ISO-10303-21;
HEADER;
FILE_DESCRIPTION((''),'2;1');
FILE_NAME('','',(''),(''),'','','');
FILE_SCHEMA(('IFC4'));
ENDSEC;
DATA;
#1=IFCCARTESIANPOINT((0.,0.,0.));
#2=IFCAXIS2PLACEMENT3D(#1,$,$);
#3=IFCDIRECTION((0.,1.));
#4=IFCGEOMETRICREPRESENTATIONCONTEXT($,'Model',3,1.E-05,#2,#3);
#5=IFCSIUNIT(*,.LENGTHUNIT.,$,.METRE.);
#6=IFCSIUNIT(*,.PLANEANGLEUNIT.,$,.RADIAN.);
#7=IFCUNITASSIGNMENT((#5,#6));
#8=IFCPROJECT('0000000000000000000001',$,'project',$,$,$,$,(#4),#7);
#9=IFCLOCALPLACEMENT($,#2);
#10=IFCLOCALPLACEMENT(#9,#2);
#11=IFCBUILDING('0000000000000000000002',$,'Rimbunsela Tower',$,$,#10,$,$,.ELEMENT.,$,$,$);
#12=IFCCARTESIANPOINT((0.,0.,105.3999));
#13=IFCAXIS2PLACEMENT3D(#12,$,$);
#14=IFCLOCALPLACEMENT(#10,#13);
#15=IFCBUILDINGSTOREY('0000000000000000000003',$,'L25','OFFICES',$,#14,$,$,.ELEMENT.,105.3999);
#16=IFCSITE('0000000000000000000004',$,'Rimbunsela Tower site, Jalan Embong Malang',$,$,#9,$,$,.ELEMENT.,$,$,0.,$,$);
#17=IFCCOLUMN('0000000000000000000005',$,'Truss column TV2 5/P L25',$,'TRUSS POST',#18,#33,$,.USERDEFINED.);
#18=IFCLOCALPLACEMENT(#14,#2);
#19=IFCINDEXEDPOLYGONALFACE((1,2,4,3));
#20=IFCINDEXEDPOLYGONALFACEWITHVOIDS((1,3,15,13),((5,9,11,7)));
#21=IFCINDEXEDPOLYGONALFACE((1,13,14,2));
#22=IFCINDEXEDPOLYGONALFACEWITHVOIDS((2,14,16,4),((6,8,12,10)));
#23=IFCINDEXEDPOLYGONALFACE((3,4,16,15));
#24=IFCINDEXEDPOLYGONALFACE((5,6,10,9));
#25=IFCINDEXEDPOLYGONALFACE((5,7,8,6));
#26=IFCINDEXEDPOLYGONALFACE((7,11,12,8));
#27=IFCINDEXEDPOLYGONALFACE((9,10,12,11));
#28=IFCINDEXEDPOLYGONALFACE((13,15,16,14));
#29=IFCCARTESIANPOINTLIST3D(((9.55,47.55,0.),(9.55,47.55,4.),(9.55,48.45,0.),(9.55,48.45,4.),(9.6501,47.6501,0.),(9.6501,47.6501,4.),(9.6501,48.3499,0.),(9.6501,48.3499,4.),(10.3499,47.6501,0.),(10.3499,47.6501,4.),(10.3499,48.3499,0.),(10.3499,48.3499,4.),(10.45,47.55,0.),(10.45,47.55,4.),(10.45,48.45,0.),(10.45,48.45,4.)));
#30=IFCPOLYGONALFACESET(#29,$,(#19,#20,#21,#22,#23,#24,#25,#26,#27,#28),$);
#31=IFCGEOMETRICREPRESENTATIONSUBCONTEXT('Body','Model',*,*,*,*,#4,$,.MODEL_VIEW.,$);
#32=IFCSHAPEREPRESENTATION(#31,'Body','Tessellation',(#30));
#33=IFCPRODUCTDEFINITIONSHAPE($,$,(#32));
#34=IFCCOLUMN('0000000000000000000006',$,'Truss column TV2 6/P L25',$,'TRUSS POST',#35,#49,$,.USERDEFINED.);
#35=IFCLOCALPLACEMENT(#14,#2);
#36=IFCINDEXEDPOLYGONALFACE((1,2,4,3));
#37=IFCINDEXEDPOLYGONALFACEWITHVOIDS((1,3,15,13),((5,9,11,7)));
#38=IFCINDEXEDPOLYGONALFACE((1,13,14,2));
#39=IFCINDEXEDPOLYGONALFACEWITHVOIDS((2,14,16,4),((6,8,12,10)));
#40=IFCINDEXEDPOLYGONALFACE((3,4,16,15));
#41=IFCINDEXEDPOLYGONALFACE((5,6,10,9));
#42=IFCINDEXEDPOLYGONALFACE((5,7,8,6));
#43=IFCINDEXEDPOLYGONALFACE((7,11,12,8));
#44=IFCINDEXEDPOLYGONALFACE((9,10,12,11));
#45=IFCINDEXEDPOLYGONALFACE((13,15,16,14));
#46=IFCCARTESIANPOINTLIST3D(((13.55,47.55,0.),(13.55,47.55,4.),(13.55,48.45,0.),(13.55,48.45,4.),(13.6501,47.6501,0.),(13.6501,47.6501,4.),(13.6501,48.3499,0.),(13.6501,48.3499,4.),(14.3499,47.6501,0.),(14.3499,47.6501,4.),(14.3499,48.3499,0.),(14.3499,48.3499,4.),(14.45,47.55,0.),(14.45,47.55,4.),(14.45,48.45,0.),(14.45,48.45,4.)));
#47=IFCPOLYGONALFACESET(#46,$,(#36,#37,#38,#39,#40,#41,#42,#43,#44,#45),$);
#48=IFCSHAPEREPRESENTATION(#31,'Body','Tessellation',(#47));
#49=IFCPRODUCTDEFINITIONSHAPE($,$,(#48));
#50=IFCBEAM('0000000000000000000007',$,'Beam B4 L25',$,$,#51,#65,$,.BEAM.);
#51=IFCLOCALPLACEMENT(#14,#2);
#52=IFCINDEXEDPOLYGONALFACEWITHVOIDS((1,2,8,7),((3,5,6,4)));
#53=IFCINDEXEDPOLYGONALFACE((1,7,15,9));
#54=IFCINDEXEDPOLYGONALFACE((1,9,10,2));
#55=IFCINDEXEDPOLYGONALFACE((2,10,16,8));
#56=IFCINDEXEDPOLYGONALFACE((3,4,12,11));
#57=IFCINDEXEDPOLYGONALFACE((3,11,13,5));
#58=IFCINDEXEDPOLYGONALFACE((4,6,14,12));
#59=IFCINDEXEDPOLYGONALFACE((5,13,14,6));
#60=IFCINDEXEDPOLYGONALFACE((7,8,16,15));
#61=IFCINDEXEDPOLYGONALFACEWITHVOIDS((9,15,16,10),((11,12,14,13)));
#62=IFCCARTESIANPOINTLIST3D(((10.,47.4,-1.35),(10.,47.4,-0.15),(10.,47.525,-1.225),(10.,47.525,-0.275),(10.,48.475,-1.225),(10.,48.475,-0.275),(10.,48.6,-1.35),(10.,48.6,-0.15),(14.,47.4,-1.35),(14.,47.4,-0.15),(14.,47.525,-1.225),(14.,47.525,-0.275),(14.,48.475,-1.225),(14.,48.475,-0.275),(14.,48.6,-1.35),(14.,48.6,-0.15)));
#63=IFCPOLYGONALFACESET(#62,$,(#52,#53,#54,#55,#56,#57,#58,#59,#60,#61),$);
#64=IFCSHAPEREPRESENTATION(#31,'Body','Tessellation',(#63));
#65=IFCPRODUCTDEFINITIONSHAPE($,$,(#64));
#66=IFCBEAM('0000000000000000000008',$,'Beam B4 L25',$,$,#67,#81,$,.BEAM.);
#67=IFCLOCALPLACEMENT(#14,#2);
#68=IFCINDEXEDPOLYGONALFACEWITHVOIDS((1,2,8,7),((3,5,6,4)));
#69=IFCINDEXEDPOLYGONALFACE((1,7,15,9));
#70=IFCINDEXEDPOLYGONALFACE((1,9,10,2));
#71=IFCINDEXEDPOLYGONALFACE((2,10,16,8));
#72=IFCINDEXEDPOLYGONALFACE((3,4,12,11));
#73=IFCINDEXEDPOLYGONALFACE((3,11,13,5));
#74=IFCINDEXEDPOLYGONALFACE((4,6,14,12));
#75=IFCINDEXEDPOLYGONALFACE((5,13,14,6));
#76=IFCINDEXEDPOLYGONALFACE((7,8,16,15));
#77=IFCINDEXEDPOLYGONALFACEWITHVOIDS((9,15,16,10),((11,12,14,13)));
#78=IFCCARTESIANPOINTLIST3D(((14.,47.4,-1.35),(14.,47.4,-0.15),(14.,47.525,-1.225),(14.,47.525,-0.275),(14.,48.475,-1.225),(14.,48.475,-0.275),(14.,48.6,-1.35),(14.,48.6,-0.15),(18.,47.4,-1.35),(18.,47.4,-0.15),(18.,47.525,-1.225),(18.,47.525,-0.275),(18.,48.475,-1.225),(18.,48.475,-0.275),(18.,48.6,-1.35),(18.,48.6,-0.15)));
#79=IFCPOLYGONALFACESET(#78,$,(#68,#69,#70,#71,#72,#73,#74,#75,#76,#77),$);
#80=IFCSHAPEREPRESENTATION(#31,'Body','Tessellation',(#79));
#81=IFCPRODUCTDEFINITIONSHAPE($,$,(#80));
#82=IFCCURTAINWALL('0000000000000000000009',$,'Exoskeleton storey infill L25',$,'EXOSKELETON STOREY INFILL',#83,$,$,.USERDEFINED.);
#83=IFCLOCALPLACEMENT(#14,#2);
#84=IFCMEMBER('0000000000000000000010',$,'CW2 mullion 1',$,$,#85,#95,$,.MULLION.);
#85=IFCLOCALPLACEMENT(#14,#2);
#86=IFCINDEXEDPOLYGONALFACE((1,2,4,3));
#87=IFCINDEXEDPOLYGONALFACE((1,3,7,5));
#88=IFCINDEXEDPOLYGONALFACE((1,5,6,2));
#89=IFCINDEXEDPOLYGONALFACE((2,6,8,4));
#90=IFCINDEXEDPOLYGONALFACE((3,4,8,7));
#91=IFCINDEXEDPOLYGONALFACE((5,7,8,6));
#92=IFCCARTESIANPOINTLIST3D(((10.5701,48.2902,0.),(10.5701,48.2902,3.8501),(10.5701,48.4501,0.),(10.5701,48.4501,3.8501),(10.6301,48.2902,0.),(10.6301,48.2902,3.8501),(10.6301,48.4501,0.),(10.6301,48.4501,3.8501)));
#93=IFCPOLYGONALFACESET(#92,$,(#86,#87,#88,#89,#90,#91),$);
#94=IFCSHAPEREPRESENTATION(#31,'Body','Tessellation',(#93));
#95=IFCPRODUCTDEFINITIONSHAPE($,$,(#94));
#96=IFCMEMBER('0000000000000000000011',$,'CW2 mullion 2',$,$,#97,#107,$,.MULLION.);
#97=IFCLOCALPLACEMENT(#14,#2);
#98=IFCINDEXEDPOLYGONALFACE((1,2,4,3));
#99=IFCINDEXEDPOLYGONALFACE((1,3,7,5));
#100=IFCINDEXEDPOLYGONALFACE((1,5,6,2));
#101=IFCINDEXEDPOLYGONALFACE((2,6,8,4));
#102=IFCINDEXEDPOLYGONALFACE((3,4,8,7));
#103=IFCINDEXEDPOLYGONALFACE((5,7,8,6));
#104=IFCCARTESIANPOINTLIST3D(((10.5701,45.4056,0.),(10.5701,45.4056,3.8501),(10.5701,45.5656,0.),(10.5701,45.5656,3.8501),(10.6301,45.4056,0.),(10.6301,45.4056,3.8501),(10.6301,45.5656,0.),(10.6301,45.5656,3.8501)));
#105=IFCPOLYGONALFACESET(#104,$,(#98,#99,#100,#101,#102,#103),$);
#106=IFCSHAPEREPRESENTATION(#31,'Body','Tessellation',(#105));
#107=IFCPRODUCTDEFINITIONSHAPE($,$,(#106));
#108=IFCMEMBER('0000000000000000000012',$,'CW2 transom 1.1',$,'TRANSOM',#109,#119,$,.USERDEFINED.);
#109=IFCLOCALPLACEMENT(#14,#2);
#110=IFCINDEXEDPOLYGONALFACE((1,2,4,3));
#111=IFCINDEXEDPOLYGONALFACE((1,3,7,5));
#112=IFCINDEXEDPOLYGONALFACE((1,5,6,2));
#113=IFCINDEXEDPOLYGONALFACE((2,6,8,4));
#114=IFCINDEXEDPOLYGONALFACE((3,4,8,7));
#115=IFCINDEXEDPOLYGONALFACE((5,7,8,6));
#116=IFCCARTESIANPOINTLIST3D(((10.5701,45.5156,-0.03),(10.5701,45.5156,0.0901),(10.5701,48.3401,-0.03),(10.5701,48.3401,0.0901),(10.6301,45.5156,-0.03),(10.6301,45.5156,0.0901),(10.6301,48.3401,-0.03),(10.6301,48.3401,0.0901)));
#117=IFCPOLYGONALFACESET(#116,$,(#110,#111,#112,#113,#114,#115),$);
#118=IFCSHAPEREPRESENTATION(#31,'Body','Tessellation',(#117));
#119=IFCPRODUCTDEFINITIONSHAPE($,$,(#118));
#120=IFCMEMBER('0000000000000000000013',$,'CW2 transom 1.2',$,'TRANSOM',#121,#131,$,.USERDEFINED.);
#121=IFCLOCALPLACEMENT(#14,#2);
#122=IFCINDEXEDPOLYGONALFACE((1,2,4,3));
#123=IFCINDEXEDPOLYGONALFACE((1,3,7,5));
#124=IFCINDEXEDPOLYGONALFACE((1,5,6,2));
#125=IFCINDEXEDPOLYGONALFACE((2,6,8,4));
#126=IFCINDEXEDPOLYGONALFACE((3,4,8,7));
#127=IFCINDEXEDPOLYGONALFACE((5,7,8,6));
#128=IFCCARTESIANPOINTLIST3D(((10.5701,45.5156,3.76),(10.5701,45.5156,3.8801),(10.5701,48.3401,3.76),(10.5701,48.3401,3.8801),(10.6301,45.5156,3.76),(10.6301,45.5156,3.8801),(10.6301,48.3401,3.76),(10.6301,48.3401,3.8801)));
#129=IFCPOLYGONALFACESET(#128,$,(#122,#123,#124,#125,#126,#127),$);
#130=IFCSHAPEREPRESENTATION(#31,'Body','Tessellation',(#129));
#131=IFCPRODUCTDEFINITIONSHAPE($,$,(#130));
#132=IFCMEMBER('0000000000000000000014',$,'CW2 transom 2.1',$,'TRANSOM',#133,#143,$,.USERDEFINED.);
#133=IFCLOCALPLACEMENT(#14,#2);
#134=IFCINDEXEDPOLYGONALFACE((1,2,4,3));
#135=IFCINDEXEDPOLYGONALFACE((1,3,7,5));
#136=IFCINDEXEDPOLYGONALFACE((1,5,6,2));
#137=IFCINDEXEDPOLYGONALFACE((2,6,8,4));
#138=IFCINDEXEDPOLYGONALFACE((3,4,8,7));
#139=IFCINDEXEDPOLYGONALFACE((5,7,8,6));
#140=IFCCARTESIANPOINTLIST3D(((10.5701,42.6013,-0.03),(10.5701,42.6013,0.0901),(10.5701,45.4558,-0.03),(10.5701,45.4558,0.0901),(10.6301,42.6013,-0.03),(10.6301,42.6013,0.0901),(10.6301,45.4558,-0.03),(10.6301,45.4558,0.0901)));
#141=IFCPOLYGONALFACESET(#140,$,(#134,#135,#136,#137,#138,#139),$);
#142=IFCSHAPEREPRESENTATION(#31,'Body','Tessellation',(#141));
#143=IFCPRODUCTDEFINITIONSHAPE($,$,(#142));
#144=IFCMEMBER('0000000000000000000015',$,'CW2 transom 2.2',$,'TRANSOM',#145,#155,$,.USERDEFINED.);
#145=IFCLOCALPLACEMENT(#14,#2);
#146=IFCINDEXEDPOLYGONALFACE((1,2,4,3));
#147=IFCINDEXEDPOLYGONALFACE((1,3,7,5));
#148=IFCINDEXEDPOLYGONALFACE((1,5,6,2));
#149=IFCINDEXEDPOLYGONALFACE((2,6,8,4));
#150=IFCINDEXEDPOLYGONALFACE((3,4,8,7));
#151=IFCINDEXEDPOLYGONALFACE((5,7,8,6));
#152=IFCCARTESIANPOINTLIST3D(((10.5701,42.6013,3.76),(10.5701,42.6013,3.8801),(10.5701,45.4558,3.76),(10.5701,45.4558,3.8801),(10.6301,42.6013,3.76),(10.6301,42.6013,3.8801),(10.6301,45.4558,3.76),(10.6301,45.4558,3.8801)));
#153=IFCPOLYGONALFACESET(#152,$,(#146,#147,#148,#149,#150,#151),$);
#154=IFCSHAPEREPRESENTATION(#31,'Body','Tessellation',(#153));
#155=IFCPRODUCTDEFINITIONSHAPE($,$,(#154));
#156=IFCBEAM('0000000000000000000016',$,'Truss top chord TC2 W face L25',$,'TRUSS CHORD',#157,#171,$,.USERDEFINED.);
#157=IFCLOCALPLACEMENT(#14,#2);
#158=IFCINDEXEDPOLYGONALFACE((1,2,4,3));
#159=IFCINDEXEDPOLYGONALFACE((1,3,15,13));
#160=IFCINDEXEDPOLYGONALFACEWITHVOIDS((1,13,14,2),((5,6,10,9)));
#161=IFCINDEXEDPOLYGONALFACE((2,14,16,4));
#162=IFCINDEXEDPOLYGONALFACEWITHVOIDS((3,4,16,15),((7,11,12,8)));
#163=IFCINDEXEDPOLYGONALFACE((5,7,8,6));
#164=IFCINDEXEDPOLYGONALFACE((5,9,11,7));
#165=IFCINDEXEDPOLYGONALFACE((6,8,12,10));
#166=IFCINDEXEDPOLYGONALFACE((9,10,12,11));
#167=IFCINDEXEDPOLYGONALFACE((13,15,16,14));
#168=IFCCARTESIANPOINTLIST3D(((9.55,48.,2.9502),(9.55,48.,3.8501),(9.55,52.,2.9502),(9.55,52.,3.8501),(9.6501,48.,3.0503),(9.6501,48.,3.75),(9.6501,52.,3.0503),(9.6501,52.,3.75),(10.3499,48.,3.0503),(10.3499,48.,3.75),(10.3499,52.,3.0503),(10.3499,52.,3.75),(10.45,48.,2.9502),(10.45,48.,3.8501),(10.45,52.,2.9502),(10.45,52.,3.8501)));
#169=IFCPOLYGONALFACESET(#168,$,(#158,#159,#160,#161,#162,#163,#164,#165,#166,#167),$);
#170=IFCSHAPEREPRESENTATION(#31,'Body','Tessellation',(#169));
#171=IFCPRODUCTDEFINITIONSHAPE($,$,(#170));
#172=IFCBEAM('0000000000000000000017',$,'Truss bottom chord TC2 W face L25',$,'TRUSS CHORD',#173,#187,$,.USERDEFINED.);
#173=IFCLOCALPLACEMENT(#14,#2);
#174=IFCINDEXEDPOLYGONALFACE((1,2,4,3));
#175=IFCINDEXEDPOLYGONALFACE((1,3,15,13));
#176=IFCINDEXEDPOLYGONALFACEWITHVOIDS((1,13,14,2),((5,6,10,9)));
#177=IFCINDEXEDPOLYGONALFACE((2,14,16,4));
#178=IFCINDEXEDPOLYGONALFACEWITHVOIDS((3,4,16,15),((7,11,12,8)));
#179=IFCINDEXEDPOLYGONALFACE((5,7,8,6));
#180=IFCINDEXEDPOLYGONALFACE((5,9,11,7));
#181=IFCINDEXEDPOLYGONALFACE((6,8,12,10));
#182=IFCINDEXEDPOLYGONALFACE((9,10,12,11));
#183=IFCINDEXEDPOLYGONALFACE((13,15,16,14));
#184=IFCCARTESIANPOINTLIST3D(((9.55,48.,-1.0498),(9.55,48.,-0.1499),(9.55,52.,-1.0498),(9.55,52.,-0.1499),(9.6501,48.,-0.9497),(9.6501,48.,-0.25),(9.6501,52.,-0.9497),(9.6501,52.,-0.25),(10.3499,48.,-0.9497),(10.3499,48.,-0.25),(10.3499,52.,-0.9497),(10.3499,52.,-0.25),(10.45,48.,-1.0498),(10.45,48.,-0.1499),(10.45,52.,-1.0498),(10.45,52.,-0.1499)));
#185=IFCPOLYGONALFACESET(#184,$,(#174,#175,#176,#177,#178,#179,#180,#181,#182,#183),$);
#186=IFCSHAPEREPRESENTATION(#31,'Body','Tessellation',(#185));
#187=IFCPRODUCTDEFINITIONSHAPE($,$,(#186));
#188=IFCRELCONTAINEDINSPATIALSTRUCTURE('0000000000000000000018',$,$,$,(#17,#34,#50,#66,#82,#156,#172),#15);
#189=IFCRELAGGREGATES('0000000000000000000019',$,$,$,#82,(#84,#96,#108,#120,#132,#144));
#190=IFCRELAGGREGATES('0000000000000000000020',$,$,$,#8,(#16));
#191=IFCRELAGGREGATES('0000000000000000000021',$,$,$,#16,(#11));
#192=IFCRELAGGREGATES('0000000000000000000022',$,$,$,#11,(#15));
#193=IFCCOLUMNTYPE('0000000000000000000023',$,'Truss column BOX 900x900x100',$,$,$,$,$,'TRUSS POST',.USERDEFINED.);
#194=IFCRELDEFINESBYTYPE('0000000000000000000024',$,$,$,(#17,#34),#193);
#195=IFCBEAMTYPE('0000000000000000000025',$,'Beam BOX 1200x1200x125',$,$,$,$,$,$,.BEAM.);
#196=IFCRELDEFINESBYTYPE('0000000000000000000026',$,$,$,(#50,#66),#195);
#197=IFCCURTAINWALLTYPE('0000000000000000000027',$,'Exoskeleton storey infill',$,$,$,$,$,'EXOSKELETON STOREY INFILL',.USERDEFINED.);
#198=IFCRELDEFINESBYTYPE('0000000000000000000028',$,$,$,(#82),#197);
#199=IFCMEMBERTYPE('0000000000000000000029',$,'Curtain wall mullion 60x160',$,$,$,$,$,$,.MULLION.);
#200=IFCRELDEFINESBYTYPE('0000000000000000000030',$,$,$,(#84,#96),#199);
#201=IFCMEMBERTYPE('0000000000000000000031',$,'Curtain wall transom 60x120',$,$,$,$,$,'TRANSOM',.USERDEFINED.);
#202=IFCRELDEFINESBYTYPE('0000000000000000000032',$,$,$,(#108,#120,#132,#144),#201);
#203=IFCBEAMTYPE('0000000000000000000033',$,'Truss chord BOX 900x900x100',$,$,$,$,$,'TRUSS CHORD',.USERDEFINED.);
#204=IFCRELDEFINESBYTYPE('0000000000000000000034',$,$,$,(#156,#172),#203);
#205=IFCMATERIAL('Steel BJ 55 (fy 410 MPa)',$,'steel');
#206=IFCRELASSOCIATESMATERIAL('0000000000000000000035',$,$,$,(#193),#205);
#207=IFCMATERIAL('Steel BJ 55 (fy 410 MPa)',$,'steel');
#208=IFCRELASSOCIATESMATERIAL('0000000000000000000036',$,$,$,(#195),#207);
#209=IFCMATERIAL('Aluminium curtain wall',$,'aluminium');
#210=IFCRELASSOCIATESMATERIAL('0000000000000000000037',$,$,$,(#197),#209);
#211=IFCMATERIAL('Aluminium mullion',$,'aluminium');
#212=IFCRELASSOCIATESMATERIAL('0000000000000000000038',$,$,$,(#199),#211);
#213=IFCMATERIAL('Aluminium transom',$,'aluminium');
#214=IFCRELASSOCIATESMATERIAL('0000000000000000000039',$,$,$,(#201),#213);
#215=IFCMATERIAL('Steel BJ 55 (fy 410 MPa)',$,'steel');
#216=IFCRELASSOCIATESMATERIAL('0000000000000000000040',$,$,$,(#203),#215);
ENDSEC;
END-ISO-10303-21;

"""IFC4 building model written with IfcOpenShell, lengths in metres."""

from ifc_helpers import new_model, si_unit, direction, frame, origin, origin_2d, place, context, subcontext, project, spatial, rectangle, hollow_rectangle, extrude, material, material_profile, profile_set, type_object, element, aggregate, save


model = new_model("IFC4")

# Units and contexts
model_context = context("Model", 3, precision=1e-05, world=origin(), true_north=direction((0.0, 1.0)))
body_context = subcontext(model_context, "Body", "Model", "MODEL_VIEW")
ifc_project = project(units=[si_unit("LENGTHUNIT", "METRE"), si_unit("PLANEANGLEUNIT", "RADIAN")], contexts=[model_context])

# Site, building, storey
site_placement = place(None, origin())
site = spatial("IfcSite", under=ifc_project, at=site_placement, Name="Rimbunsela Tower site, Jalan Embong Malang", CompositionType="ELEMENT", RefElevation=0.0)
building_placement = place(site_placement, origin())
building = spatial("IfcBuilding", under=site, at=building_placement, Name="Rimbunsela Tower", CompositionType="ELEMENT")
storey_placement = place(building_placement, frame((0.0, 0.0, 105.3999)))
storey = spatial("IfcBuildingStorey", under=building, at=storey_placement, Name="L25", Description="OFFICES", CompositionType="ELEMENT", Elevation=105.3999)

# Columns
ifc_material_1 = material(Name="Steel BJ 55 (fy 410 MPa)", Category="steel")
ifc_material_profile_1 = material_profile(ifc_material_1, hollow_rectangle(XDim=0.8999, YDim=0.8999, WallThickness=0.1001, at=origin_2d()), Name="BOX 900x900x100")
ifc_profile_set_1 = profile_set([ifc_material_profile_1], Name="Steel BJ 55 (fy 410 MPa)")
column_type = type_object("IfcColumnType", Name="Truss column BOX 900x900x100", ElementType="TRUSS POST", PredefinedType="USERDEFINED", material=ifc_profile_set_1)
for number, where, z_axis, x_axis, name in (
    (1, (10.0, 48.0, 0.0), (0.0, 0.0, 1.0), (1.0, 0.0, 0.0), "Truss column TV2 5/P L25"),
    (2, (14.0, 48.0, 0.0), (0.0, 0.0, 1.0), (1.0, 0.0, 0.0), "Truss column TV2 6/P L25"),
):
    element("IfcColumn", number, at=place(storey_placement, frame(where, z_axis=z_axis, x_axis=x_axis)), inside=storey, type_object=column_type, Name=name, ObjectType="TRUSS POST", PredefinedType="USERDEFINED", context=body_context, shape_type="SweptSolid", body=[
        extrude(hollow_rectangle(XDim=0.8999, YDim=0.8999, WallThickness=0.1001, at=origin_2d()), origin(), (0.0, 0.0, 1.0), 4.0),
    ])

# Beams
ifc_material_2 = material(Name="Steel BJ 55 (fy 410 MPa)", Category="steel")
ifc_material_profile_2 = material_profile(ifc_material_2, hollow_rectangle(XDim=1.2, YDim=1.2, WallThickness=0.125, at=origin_2d()), Name="BOX 1200x1200x125")
ifc_profile_set_2 = profile_set([ifc_material_profile_2], Name="Steel BJ 55 (fy 410 MPa)")
beam_type_1 = type_object("IfcBeamType", Name="Beam BOX 1200x1200x125", PredefinedType="BEAM", material=ifc_profile_set_2)
for number, where, z_axis, x_axis, name in (
    (3, (10.0, 48.0, -0.75), (1.0, 0.0, 0.0), (0.0, 1.0, 0.0), "Beam B4 L25"),
    (4, (14.0, 48.0, -0.75), (1.0, 0.0, 0.0), (0.0, 1.0, 0.0), "Beam B4 L25"),
):
    element("IfcBeam", number, at=place(storey_placement, frame(where, z_axis=z_axis, x_axis=x_axis)), inside=storey, type_object=beam_type_1, Name=name, PredefinedType="BEAM", context=body_context, shape_type="SweptSolid", body=[
        extrude(hollow_rectangle(XDim=1.2, YDim=1.2, WallThickness=0.125, at=origin_2d()), origin(), (0.0, 0.0, 1.0), 4.0),
    ])

# Curtain wall, members
ifc_material_3 = material(Name="Aluminium curtain wall", Category="aluminium")
curtain_wall_type = type_object("IfcCurtainWallType", Name="Exoskeleton storey infill", ElementType="EXOSKELETON STOREY INFILL", PredefinedType="USERDEFINED", material=ifc_material_3)
curtain_wall_placement = place(storey_placement, origin())
curtain_wall = element("IfcCurtainWall", 5, at=curtain_wall_placement, inside=storey, type_object=curtain_wall_type, Name="Exoskeleton storey infill L25", ObjectType="EXOSKELETON STOREY INFILL", PredefinedType="USERDEFINED")
ifc_material_4 = material(Name="Aluminium mullion", Category="aluminium")
ifc_material_profile_3 = material_profile(ifc_material_4, rectangle(XDim=0.0601, YDim=0.1599, at=origin_2d()), Name="Mullion 60x160")
ifc_profile_set_3 = profile_set([ifc_material_profile_3], Name="Aluminium mullion")
member_type_1 = type_object("IfcMemberType", Name="Curtain wall mullion 60x160", PredefinedType="MULLION", material=ifc_profile_set_3)
member_1_placement = place(storey_placement, frame((10.6001, 48.3701, 0.0), z_axis=(0.0, 0.0, 1.0), x_axis=(1.0, 0.0, 0.0)))
member_1 = element("IfcMember", 6, at=member_1_placement, type_object=member_type_1, Name="CW2 mullion 1", PredefinedType="MULLION", context=body_context, shape_type="SweptSolid", body=[
    extrude(rectangle(XDim=0.0601, YDim=0.1599, at=origin_2d()), origin(), (0.0, 0.0, 1.0), 3.8501),
])
member_2_placement = place(storey_placement, frame((10.6001, 45.4856, 0.0), z_axis=(0.0, 0.0, 1.0), x_axis=(1.0, 0.0, 0.0)))
member_2 = element("IfcMember", 7, at=member_2_placement, type_object=member_type_1, Name="CW2 mullion 2", PredefinedType="MULLION", context=body_context, shape_type="SweptSolid", body=[
    extrude(rectangle(XDim=0.0601, YDim=0.1599, at=origin_2d()), origin(), (0.0, 0.0, 1.0), 3.8501),
])
ifc_material_5 = material(Name="Aluminium transom", Category="aluminium")
ifc_material_profile_4 = material_profile(ifc_material_5, rectangle(XDim=0.0601, YDim=0.1201, at=origin_2d()), Name="Transom 60x120")
ifc_profile_set_4 = profile_set([ifc_material_profile_4], Name="Aluminium transom")
member_type_2 = type_object("IfcMemberType", Name="Curtain wall transom 60x120", ElementType="TRANSOM", PredefinedType="USERDEFINED", material=ifc_profile_set_4)
member_3_placement = place(storey_placement, frame((10.6001, 48.3401, 0.03), z_axis=(0.0, -1.0, 0.0), x_axis=(1.0, 0.0, 0.0)))
member_3 = element("IfcMember", 8, at=member_3_placement, type_object=member_type_2, Name="CW2 transom 1.1", ObjectType="TRANSOM", PredefinedType="USERDEFINED", context=body_context, shape_type="SweptSolid", body=[
    extrude(rectangle(XDim=0.0601, YDim=0.1201, at=origin_2d()), origin(), (0.0, 0.0, 1.0), 2.8245),
])
member_4_placement = place(storey_placement, frame((10.6001, 48.3401, 3.8201), z_axis=(0.0, -1.0, 0.0), x_axis=(1.0, 0.0, 0.0)))
member_4 = element("IfcMember", 9, at=member_4_placement, type_object=member_type_2, Name="CW2 transom 1.2", ObjectType="TRANSOM", PredefinedType="USERDEFINED", context=body_context, shape_type="SweptSolid", body=[
    extrude(rectangle(XDim=0.0601, YDim=0.1201, at=origin_2d()), origin(), (0.0, 0.0, 1.0), 2.8245),
])
member_5_placement = place(storey_placement, frame((10.6001, 45.4558, 0.03), z_axis=(0.0, -1.0, 0.0), x_axis=(1.0, 0.0, 0.0)))
member_5 = element("IfcMember", 10, at=member_5_placement, type_object=member_type_2, Name="CW2 transom 2.1", ObjectType="TRANSOM", PredefinedType="USERDEFINED", context=body_context, shape_type="SweptSolid", body=[
    extrude(rectangle(XDim=0.0601, YDim=0.1201, at=origin_2d()), origin(), (0.0, 0.0, 1.0), 2.8545),
])
member_6_placement = place(storey_placement, frame((10.6001, 45.4558, 3.8201), z_axis=(0.0, -1.0, 0.0), x_axis=(1.0, 0.0, 0.0)))
member_6 = element("IfcMember", 11, at=member_6_placement, type_object=member_type_2, Name="CW2 transom 2.2", ObjectType="TRANSOM", PredefinedType="USERDEFINED", context=body_context, shape_type="SweptSolid", body=[
    extrude(rectangle(XDim=0.0601, YDim=0.1201, at=origin_2d()), origin(), (0.0, 0.0, 1.0), 2.8545),
])

# Beams
ifc_material_6 = material(Name="Steel BJ 55 (fy 410 MPa)", Category="steel")
ifc_material_profile_5 = material_profile(ifc_material_6, hollow_rectangle(XDim=0.8999, YDim=0.8999, WallThickness=0.1001, at=origin_2d()), Name="BOX 900x900x100")
ifc_profile_set_5 = profile_set([ifc_material_profile_5], Name="Steel BJ 55 (fy 410 MPa)")
beam_type_2 = type_object("IfcBeamType", Name="Truss chord BOX 900x900x100", ElementType="TRUSS CHORD", PredefinedType="USERDEFINED", material=ifc_profile_set_5)
for number, where, z_axis, x_axis, name in (
    (12, (10.0, 48.0, 3.4001), (0.0, 1.0, 0.0), (-1.0, 0.0, 0.0), "Truss top chord TC2 W face L25"),
    (13, (10.0, 48.0, -0.5999), (0.0, 1.0, 0.0), (-1.0, 0.0, 0.0), "Truss bottom chord TC2 W face L25"),
):
    element("IfcBeam", number, at=place(storey_placement, frame(where, z_axis=z_axis, x_axis=x_axis)), inside=storey, type_object=beam_type_2, Name=name, ObjectType="TRUSS CHORD", PredefinedType="USERDEFINED", context=body_context, shape_type="SweptSolid", body=[
        extrude(hollow_rectangle(XDim=0.8999, YDim=0.8999, WallThickness=0.1001, at=origin_2d()), origin(), (0.0, 0.0, 1.0), 4.0),
    ])

aggregate(curtain_wall, [member_1, member_2, member_3, member_4, member_5, member_6])

save(model, "model.ifc")
